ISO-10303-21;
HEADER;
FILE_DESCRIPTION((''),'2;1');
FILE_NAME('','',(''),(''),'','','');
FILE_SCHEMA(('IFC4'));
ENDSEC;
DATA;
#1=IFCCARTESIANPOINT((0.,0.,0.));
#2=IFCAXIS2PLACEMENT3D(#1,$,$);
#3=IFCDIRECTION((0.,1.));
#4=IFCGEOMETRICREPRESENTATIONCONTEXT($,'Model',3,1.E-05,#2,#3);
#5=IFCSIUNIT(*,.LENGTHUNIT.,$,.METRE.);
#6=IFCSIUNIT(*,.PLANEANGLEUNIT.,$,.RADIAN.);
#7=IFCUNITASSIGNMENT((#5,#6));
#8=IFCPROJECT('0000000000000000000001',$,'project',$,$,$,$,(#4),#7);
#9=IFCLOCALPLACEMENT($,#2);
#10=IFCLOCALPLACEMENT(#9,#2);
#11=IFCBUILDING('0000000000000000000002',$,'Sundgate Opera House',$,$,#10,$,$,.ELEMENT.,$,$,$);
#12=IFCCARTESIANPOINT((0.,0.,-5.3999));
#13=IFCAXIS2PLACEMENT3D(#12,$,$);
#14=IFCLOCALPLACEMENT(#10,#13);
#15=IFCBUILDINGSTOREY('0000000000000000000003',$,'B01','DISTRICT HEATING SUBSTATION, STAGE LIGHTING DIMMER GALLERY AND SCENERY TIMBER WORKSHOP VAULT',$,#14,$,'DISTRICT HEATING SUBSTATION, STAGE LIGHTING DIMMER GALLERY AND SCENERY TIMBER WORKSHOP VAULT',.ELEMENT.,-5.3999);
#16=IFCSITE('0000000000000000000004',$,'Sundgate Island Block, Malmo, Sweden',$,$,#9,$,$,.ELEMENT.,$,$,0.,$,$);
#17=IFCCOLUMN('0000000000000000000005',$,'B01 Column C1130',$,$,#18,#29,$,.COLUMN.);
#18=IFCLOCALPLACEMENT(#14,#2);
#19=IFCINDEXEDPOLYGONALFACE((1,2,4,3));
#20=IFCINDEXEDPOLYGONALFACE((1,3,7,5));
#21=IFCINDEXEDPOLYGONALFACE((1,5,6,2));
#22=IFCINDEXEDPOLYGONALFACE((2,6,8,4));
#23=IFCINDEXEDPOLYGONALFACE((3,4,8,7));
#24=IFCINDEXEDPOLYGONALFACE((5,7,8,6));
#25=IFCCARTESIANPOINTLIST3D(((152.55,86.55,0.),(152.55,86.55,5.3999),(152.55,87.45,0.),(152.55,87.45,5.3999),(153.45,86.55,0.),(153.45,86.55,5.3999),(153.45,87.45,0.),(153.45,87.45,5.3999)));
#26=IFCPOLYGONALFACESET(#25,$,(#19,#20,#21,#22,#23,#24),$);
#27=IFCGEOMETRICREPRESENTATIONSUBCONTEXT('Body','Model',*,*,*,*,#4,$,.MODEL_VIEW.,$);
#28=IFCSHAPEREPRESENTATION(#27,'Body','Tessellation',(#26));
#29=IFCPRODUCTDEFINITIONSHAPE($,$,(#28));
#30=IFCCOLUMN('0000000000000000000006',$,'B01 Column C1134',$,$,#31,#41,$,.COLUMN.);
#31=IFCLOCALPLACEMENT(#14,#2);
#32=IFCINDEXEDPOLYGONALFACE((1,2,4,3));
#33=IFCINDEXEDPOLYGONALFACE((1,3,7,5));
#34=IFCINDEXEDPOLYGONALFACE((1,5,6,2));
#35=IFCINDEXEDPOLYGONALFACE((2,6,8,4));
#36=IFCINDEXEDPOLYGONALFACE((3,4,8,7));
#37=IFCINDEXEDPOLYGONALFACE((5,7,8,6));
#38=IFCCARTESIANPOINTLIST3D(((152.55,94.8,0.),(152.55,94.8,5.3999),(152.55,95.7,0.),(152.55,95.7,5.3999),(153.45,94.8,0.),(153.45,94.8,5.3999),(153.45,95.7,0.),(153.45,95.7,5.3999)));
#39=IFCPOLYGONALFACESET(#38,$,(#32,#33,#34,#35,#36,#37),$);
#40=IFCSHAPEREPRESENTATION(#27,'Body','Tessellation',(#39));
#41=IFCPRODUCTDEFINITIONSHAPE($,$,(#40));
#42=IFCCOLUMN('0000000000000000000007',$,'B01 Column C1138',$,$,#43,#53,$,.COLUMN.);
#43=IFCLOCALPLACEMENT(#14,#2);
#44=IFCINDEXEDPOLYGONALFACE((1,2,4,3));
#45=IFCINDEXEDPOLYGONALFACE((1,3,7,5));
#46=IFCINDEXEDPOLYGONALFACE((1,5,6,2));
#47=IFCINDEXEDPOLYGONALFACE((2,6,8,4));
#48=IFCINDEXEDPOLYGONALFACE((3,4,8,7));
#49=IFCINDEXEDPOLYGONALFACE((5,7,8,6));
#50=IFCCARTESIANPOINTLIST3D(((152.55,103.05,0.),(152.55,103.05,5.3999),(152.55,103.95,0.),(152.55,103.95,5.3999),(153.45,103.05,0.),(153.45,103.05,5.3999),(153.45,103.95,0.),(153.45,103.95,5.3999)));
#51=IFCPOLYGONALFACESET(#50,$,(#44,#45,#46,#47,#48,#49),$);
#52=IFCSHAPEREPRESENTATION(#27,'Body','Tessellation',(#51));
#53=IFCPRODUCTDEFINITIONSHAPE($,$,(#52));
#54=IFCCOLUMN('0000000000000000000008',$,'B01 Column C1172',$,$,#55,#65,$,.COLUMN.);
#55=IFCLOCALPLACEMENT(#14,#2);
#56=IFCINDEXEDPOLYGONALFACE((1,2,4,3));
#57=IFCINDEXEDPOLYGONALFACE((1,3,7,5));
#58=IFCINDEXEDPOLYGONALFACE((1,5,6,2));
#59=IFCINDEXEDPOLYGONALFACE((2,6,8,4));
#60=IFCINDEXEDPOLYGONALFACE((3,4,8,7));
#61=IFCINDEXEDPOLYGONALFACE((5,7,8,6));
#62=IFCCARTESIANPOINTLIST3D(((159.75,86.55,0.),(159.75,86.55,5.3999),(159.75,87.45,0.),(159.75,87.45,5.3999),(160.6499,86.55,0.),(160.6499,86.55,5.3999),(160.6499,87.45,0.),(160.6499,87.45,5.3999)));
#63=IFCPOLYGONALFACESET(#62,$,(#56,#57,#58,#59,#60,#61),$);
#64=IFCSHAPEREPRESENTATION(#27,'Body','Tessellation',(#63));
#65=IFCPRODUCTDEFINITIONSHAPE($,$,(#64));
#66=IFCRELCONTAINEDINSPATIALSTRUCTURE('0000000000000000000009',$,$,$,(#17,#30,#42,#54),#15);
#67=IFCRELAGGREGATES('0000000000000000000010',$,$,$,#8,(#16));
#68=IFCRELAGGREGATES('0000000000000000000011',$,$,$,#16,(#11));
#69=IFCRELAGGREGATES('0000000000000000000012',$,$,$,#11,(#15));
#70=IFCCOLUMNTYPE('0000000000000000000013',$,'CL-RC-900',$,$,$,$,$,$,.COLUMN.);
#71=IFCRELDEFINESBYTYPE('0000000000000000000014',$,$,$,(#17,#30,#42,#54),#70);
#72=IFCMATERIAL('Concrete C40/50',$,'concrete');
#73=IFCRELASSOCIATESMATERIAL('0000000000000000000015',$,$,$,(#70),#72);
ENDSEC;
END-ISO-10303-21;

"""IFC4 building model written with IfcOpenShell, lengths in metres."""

from ifc_helpers import new_model, si_unit, direction, frame, origin, origin_2d, place, context, subcontext, project, spatial, rectangle, extrude, material, material_profile, profile_set, type_object, element, save


model = new_model("IFC4")

# Units and contexts
model_context = context("Model", 3, precision=1e-05, world=origin(), true_north=direction((0.0, 1.0)))
body_context = subcontext(model_context, "Body", "Model", "MODEL_VIEW")
ifc_project = project(units=[si_unit("LENGTHUNIT", "METRE"), si_unit("PLANEANGLEUNIT", "RADIAN")], contexts=[model_context])

# Site, building, storey
site_placement = place(None, origin())
site = spatial("IfcSite", under=ifc_project, at=site_placement, Name="Sundgate Island Block, Malmo, Sweden", CompositionType="ELEMENT", RefElevation=0.0)
building_placement = place(site_placement, origin())
building = spatial("IfcBuilding", under=site, at=building_placement, Name="Sundgate Opera House", CompositionType="ELEMENT")
storey_placement = place(building_placement, frame((0.0, 0.0, -5.3999)))
storey = spatial("IfcBuildingStorey", under=building, at=storey_placement, Name="B01", Description="DISTRICT HEATING SUBSTATION, STAGE LIGHTING DIMMER GALLERY AND SCENERY TIMBER WORKSHOP VAULT", LongName="DISTRICT HEATING SUBSTATION, STAGE LIGHTING DIMMER GALLERY AND SCENERY TIMBER WORKSHOP VAULT", CompositionType="ELEMENT", Elevation=-5.3999)

# Columns
ifc_material_1 = material(Name="Concrete C40/50", Category="concrete")
ifc_material_profile_1 = material_profile(ifc_material_1, rectangle(XDim=0.8999, YDim=0.8999, at=origin_2d()), Name="RC 900x900")
ifc_profile_set_1 = profile_set([ifc_material_profile_1], Name="Concrete C40/50")
column_type = type_object("IfcColumnType", Name="CL-RC-900", PredefinedType="COLUMN", material=ifc_profile_set_1)
for number, where, z_axis, x_axis, name in (
    (1, (153.0, 87.0, 0.0), (0.0, 0.0, 1.0), (1.0, 0.0, 0.0), "B01 Column C1130"),
    (2, (153.0, 95.25, 0.0), (0.0, 0.0, 1.0), (1.0, 0.0, 0.0), "B01 Column C1134"),
    (3, (153.0, 103.5, 0.0), (0.0, 0.0, 1.0), (1.0, 0.0, 0.0), "B01 Column C1138"),
    (4, (160.2, 87.0, 0.0), (0.0, 0.0, 1.0), (1.0, 0.0, 0.0), "B01 Column C1172"),
):
    element("IfcColumn", number, at=place(storey_placement, frame(where, z_axis=z_axis, x_axis=x_axis)), inside=storey, type_object=column_type, Name=name, PredefinedType="COLUMN", context=body_context, shape_type="SweptSolid", body=[
        extrude(rectangle(XDim=0.8999, YDim=0.8999, at=origin_2d()), origin(), (0.0, 0.0, 1.0), 5.3999),
    ])

save(model, "model.ifc")
